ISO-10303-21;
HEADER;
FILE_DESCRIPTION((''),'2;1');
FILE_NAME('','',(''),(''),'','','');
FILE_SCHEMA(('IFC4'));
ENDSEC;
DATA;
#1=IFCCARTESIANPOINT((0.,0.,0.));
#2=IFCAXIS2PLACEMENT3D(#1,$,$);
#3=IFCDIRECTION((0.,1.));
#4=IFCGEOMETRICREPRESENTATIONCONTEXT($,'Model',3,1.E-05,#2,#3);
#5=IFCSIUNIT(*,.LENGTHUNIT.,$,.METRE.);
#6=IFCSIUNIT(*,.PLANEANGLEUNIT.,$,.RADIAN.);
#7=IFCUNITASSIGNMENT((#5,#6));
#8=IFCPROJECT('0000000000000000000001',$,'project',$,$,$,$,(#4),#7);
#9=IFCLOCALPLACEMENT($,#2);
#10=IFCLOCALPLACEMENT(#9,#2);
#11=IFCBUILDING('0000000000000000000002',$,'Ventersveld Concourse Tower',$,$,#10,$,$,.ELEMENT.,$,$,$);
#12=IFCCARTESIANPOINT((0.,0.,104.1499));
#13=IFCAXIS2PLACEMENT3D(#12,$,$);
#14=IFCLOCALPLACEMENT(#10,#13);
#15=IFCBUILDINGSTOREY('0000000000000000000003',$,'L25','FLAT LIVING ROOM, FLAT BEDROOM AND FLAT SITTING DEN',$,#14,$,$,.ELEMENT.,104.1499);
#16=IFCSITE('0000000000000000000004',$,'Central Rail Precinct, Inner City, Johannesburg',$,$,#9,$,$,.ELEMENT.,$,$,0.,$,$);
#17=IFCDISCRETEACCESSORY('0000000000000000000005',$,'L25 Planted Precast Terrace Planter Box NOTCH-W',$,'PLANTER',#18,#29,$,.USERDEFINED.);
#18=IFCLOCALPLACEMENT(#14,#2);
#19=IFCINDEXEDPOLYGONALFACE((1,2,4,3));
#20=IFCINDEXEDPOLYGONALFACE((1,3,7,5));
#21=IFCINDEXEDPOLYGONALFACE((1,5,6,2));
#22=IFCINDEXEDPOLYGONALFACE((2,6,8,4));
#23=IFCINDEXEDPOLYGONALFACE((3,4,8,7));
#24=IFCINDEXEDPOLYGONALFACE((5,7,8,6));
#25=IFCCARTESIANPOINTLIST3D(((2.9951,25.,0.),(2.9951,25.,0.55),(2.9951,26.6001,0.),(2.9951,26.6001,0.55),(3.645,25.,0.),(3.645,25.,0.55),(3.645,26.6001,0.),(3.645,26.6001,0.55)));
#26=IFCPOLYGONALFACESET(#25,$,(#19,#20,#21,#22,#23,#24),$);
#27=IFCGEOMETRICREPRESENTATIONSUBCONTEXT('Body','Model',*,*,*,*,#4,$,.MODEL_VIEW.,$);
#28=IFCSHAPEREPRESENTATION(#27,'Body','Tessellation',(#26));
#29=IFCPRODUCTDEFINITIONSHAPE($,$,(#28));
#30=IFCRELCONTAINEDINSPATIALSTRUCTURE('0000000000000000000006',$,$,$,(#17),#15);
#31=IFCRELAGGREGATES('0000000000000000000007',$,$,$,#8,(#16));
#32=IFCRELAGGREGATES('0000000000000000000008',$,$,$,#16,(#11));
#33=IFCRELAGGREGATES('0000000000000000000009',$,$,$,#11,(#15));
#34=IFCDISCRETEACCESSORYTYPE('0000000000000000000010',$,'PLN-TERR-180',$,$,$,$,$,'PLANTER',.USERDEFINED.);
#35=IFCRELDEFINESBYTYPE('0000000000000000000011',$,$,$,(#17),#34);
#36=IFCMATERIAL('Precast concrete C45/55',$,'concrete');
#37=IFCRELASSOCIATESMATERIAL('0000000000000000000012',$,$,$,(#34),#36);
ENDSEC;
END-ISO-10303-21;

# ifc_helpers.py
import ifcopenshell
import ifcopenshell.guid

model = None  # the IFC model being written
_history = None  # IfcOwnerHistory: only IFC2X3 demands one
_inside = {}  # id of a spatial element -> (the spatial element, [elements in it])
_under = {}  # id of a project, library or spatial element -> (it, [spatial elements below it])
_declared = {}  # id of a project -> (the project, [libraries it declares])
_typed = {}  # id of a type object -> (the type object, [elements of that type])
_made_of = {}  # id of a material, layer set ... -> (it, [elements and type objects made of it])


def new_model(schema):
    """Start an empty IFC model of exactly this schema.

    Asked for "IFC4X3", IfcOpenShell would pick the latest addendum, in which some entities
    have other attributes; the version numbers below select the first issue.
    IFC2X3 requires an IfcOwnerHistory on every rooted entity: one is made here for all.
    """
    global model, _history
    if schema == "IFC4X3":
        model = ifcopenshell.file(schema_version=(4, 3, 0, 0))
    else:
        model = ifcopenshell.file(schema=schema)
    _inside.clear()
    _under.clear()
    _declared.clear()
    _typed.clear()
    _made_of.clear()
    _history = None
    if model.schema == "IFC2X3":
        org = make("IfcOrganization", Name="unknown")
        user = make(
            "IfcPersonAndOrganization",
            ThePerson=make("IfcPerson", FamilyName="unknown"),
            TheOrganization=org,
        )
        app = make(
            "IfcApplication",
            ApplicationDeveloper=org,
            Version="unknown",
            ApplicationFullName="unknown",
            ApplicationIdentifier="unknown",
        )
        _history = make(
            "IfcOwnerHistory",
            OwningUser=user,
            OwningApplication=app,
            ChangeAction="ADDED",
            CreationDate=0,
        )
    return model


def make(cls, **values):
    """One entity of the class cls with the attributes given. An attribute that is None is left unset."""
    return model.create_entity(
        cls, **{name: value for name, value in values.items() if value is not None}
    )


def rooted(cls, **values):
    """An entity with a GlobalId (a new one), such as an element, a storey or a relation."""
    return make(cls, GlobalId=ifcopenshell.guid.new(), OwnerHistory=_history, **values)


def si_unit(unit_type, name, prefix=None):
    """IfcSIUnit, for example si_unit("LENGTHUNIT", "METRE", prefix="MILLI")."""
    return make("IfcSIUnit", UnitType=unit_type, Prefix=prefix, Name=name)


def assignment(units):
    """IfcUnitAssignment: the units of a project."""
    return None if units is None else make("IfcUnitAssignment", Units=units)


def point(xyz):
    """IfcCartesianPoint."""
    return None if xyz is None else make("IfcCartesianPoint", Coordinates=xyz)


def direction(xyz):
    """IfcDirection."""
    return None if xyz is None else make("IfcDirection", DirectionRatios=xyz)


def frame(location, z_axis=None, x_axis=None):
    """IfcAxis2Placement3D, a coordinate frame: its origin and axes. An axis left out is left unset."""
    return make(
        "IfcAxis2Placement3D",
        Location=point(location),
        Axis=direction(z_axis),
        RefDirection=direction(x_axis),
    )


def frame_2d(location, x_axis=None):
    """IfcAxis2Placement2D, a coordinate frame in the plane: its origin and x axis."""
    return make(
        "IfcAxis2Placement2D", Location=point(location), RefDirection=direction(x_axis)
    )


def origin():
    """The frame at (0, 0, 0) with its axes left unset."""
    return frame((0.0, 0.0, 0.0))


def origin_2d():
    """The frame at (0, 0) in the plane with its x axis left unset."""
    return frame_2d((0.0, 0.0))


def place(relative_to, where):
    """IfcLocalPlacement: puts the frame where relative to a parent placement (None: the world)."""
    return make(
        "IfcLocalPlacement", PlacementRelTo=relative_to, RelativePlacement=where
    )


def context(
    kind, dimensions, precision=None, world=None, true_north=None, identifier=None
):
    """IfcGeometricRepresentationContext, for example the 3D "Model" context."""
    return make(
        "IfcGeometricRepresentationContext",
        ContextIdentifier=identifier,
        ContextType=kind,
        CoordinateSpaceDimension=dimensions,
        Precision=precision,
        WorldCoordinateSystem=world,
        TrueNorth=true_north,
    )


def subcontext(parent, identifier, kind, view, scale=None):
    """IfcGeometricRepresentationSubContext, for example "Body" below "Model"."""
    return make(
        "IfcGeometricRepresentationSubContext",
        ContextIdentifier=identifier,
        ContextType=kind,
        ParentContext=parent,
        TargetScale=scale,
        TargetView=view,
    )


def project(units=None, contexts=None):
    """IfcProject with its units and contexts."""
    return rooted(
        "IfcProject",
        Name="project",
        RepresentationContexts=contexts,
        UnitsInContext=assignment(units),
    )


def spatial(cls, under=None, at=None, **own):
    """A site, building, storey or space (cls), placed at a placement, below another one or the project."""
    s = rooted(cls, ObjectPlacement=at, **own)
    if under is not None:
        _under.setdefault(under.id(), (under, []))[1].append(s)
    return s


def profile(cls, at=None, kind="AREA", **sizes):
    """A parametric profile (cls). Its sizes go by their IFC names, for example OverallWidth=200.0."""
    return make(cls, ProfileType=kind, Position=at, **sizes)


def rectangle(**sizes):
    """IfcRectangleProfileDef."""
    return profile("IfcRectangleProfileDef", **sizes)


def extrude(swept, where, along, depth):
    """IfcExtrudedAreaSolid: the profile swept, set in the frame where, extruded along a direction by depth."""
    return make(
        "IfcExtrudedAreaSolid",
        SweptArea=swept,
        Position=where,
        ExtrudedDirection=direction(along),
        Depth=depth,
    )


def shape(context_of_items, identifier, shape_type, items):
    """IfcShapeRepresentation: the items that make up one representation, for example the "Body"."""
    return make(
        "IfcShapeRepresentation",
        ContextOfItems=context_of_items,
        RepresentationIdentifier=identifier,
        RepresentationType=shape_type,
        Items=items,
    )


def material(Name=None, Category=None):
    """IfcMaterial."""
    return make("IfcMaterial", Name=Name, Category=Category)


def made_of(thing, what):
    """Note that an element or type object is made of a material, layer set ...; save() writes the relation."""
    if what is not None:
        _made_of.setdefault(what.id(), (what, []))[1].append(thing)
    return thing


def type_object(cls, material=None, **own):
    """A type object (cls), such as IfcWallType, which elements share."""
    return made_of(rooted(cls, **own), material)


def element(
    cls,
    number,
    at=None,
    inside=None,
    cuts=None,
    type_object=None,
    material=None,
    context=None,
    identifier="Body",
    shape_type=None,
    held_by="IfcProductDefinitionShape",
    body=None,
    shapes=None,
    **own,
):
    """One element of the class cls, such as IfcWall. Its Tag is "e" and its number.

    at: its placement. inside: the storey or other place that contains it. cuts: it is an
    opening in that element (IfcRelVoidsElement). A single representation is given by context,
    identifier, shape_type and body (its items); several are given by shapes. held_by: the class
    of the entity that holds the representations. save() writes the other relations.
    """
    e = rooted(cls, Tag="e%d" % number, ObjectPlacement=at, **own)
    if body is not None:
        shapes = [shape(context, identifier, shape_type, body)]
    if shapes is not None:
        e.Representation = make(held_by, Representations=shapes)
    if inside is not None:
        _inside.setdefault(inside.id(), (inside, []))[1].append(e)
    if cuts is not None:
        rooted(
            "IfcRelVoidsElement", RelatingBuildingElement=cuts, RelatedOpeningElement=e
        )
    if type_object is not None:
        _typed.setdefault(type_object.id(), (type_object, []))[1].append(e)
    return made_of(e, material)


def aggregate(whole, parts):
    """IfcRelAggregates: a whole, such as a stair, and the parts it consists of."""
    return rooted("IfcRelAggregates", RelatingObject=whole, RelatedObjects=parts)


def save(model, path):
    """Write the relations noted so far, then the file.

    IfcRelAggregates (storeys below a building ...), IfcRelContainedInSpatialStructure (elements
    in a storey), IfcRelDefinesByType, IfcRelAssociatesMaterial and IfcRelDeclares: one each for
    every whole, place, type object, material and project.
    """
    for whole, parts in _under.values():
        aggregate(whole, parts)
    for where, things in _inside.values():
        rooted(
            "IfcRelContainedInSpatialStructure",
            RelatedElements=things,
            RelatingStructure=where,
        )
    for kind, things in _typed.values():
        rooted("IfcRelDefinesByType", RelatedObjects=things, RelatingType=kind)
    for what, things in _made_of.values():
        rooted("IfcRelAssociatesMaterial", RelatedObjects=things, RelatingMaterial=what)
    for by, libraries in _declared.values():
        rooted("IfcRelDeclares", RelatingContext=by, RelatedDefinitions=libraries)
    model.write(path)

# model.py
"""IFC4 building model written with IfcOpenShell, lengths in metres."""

from ifc_helpers import new_model, si_unit, direction, frame, origin, origin_2d, place, context, subcontext, project, spatial, rectangle, extrude, material, type_object, element, save


model = new_model("IFC4")

# Units and contexts
model_context = context("Model", 3, precision=1e-05, world=origin(), true_north=direction((0.0, 1.0)))
body_context = subcontext(model_context, "Body", "Model", "MODEL_VIEW")
ifc_project = project(units=[si_unit("LENGTHUNIT", "METRE"), si_unit("PLANEANGLEUNIT", "RADIAN")], contexts=[model_context])

# Site, building, storey
site_placement = place(None, origin())
site = spatial("IfcSite", under=ifc_project, at=site_placement, Name="Central Rail Precinct, Inner City, Johannesburg", CompositionType="ELEMENT", RefElevation=0.0)
building_placement = place(site_placement, origin())
building = spatial("IfcBuilding", under=site, at=building_placement, Name="Ventersveld Concourse Tower", CompositionType="ELEMENT")
storey_placement = place(building_placement, frame((0.0, 0.0, 104.1499)))
storey = spatial("IfcBuildingStorey", under=building, at=storey_placement, Name="L25", Description="FLAT LIVING ROOM, FLAT BEDROOM AND FLAT SITTING DEN", CompositionType="ELEMENT", Elevation=104.1499)

# Shared definitions
ifc_material_1 = material(Name="Precast concrete C45/55", Category="concrete")

# Discrete accessory
discrete_accessory_type = type_object("IfcDiscreteAccessoryType", Name="PLN-TERR-180", ElementType="PLANTER", PredefinedType="USERDEFINED", material=ifc_material_1)
discrete_accessory_placement = place(storey_placement, frame((3.3201, 25.8, 0.0), z_axis=(0.0, 0.0, 1.0), x_axis=(0.0, 1.0, 0.0)))
element("IfcDiscreteAccessory", 1, at=discrete_accessory_placement, inside=storey, type_object=discrete_accessory_type, Name="L25 Planted Precast Terrace Planter Box NOTCH-W", ObjectType="PLANTER", PredefinedType="USERDEFINED", context=body_context, shape_type="SweptSolid", body=[
    extrude(rectangle(XDim=1.6001, YDim=0.6499, at=origin_2d()), origin(), (0.0, 0.0, 1.0), 0.55),
])

save(model, "model.ifc")
